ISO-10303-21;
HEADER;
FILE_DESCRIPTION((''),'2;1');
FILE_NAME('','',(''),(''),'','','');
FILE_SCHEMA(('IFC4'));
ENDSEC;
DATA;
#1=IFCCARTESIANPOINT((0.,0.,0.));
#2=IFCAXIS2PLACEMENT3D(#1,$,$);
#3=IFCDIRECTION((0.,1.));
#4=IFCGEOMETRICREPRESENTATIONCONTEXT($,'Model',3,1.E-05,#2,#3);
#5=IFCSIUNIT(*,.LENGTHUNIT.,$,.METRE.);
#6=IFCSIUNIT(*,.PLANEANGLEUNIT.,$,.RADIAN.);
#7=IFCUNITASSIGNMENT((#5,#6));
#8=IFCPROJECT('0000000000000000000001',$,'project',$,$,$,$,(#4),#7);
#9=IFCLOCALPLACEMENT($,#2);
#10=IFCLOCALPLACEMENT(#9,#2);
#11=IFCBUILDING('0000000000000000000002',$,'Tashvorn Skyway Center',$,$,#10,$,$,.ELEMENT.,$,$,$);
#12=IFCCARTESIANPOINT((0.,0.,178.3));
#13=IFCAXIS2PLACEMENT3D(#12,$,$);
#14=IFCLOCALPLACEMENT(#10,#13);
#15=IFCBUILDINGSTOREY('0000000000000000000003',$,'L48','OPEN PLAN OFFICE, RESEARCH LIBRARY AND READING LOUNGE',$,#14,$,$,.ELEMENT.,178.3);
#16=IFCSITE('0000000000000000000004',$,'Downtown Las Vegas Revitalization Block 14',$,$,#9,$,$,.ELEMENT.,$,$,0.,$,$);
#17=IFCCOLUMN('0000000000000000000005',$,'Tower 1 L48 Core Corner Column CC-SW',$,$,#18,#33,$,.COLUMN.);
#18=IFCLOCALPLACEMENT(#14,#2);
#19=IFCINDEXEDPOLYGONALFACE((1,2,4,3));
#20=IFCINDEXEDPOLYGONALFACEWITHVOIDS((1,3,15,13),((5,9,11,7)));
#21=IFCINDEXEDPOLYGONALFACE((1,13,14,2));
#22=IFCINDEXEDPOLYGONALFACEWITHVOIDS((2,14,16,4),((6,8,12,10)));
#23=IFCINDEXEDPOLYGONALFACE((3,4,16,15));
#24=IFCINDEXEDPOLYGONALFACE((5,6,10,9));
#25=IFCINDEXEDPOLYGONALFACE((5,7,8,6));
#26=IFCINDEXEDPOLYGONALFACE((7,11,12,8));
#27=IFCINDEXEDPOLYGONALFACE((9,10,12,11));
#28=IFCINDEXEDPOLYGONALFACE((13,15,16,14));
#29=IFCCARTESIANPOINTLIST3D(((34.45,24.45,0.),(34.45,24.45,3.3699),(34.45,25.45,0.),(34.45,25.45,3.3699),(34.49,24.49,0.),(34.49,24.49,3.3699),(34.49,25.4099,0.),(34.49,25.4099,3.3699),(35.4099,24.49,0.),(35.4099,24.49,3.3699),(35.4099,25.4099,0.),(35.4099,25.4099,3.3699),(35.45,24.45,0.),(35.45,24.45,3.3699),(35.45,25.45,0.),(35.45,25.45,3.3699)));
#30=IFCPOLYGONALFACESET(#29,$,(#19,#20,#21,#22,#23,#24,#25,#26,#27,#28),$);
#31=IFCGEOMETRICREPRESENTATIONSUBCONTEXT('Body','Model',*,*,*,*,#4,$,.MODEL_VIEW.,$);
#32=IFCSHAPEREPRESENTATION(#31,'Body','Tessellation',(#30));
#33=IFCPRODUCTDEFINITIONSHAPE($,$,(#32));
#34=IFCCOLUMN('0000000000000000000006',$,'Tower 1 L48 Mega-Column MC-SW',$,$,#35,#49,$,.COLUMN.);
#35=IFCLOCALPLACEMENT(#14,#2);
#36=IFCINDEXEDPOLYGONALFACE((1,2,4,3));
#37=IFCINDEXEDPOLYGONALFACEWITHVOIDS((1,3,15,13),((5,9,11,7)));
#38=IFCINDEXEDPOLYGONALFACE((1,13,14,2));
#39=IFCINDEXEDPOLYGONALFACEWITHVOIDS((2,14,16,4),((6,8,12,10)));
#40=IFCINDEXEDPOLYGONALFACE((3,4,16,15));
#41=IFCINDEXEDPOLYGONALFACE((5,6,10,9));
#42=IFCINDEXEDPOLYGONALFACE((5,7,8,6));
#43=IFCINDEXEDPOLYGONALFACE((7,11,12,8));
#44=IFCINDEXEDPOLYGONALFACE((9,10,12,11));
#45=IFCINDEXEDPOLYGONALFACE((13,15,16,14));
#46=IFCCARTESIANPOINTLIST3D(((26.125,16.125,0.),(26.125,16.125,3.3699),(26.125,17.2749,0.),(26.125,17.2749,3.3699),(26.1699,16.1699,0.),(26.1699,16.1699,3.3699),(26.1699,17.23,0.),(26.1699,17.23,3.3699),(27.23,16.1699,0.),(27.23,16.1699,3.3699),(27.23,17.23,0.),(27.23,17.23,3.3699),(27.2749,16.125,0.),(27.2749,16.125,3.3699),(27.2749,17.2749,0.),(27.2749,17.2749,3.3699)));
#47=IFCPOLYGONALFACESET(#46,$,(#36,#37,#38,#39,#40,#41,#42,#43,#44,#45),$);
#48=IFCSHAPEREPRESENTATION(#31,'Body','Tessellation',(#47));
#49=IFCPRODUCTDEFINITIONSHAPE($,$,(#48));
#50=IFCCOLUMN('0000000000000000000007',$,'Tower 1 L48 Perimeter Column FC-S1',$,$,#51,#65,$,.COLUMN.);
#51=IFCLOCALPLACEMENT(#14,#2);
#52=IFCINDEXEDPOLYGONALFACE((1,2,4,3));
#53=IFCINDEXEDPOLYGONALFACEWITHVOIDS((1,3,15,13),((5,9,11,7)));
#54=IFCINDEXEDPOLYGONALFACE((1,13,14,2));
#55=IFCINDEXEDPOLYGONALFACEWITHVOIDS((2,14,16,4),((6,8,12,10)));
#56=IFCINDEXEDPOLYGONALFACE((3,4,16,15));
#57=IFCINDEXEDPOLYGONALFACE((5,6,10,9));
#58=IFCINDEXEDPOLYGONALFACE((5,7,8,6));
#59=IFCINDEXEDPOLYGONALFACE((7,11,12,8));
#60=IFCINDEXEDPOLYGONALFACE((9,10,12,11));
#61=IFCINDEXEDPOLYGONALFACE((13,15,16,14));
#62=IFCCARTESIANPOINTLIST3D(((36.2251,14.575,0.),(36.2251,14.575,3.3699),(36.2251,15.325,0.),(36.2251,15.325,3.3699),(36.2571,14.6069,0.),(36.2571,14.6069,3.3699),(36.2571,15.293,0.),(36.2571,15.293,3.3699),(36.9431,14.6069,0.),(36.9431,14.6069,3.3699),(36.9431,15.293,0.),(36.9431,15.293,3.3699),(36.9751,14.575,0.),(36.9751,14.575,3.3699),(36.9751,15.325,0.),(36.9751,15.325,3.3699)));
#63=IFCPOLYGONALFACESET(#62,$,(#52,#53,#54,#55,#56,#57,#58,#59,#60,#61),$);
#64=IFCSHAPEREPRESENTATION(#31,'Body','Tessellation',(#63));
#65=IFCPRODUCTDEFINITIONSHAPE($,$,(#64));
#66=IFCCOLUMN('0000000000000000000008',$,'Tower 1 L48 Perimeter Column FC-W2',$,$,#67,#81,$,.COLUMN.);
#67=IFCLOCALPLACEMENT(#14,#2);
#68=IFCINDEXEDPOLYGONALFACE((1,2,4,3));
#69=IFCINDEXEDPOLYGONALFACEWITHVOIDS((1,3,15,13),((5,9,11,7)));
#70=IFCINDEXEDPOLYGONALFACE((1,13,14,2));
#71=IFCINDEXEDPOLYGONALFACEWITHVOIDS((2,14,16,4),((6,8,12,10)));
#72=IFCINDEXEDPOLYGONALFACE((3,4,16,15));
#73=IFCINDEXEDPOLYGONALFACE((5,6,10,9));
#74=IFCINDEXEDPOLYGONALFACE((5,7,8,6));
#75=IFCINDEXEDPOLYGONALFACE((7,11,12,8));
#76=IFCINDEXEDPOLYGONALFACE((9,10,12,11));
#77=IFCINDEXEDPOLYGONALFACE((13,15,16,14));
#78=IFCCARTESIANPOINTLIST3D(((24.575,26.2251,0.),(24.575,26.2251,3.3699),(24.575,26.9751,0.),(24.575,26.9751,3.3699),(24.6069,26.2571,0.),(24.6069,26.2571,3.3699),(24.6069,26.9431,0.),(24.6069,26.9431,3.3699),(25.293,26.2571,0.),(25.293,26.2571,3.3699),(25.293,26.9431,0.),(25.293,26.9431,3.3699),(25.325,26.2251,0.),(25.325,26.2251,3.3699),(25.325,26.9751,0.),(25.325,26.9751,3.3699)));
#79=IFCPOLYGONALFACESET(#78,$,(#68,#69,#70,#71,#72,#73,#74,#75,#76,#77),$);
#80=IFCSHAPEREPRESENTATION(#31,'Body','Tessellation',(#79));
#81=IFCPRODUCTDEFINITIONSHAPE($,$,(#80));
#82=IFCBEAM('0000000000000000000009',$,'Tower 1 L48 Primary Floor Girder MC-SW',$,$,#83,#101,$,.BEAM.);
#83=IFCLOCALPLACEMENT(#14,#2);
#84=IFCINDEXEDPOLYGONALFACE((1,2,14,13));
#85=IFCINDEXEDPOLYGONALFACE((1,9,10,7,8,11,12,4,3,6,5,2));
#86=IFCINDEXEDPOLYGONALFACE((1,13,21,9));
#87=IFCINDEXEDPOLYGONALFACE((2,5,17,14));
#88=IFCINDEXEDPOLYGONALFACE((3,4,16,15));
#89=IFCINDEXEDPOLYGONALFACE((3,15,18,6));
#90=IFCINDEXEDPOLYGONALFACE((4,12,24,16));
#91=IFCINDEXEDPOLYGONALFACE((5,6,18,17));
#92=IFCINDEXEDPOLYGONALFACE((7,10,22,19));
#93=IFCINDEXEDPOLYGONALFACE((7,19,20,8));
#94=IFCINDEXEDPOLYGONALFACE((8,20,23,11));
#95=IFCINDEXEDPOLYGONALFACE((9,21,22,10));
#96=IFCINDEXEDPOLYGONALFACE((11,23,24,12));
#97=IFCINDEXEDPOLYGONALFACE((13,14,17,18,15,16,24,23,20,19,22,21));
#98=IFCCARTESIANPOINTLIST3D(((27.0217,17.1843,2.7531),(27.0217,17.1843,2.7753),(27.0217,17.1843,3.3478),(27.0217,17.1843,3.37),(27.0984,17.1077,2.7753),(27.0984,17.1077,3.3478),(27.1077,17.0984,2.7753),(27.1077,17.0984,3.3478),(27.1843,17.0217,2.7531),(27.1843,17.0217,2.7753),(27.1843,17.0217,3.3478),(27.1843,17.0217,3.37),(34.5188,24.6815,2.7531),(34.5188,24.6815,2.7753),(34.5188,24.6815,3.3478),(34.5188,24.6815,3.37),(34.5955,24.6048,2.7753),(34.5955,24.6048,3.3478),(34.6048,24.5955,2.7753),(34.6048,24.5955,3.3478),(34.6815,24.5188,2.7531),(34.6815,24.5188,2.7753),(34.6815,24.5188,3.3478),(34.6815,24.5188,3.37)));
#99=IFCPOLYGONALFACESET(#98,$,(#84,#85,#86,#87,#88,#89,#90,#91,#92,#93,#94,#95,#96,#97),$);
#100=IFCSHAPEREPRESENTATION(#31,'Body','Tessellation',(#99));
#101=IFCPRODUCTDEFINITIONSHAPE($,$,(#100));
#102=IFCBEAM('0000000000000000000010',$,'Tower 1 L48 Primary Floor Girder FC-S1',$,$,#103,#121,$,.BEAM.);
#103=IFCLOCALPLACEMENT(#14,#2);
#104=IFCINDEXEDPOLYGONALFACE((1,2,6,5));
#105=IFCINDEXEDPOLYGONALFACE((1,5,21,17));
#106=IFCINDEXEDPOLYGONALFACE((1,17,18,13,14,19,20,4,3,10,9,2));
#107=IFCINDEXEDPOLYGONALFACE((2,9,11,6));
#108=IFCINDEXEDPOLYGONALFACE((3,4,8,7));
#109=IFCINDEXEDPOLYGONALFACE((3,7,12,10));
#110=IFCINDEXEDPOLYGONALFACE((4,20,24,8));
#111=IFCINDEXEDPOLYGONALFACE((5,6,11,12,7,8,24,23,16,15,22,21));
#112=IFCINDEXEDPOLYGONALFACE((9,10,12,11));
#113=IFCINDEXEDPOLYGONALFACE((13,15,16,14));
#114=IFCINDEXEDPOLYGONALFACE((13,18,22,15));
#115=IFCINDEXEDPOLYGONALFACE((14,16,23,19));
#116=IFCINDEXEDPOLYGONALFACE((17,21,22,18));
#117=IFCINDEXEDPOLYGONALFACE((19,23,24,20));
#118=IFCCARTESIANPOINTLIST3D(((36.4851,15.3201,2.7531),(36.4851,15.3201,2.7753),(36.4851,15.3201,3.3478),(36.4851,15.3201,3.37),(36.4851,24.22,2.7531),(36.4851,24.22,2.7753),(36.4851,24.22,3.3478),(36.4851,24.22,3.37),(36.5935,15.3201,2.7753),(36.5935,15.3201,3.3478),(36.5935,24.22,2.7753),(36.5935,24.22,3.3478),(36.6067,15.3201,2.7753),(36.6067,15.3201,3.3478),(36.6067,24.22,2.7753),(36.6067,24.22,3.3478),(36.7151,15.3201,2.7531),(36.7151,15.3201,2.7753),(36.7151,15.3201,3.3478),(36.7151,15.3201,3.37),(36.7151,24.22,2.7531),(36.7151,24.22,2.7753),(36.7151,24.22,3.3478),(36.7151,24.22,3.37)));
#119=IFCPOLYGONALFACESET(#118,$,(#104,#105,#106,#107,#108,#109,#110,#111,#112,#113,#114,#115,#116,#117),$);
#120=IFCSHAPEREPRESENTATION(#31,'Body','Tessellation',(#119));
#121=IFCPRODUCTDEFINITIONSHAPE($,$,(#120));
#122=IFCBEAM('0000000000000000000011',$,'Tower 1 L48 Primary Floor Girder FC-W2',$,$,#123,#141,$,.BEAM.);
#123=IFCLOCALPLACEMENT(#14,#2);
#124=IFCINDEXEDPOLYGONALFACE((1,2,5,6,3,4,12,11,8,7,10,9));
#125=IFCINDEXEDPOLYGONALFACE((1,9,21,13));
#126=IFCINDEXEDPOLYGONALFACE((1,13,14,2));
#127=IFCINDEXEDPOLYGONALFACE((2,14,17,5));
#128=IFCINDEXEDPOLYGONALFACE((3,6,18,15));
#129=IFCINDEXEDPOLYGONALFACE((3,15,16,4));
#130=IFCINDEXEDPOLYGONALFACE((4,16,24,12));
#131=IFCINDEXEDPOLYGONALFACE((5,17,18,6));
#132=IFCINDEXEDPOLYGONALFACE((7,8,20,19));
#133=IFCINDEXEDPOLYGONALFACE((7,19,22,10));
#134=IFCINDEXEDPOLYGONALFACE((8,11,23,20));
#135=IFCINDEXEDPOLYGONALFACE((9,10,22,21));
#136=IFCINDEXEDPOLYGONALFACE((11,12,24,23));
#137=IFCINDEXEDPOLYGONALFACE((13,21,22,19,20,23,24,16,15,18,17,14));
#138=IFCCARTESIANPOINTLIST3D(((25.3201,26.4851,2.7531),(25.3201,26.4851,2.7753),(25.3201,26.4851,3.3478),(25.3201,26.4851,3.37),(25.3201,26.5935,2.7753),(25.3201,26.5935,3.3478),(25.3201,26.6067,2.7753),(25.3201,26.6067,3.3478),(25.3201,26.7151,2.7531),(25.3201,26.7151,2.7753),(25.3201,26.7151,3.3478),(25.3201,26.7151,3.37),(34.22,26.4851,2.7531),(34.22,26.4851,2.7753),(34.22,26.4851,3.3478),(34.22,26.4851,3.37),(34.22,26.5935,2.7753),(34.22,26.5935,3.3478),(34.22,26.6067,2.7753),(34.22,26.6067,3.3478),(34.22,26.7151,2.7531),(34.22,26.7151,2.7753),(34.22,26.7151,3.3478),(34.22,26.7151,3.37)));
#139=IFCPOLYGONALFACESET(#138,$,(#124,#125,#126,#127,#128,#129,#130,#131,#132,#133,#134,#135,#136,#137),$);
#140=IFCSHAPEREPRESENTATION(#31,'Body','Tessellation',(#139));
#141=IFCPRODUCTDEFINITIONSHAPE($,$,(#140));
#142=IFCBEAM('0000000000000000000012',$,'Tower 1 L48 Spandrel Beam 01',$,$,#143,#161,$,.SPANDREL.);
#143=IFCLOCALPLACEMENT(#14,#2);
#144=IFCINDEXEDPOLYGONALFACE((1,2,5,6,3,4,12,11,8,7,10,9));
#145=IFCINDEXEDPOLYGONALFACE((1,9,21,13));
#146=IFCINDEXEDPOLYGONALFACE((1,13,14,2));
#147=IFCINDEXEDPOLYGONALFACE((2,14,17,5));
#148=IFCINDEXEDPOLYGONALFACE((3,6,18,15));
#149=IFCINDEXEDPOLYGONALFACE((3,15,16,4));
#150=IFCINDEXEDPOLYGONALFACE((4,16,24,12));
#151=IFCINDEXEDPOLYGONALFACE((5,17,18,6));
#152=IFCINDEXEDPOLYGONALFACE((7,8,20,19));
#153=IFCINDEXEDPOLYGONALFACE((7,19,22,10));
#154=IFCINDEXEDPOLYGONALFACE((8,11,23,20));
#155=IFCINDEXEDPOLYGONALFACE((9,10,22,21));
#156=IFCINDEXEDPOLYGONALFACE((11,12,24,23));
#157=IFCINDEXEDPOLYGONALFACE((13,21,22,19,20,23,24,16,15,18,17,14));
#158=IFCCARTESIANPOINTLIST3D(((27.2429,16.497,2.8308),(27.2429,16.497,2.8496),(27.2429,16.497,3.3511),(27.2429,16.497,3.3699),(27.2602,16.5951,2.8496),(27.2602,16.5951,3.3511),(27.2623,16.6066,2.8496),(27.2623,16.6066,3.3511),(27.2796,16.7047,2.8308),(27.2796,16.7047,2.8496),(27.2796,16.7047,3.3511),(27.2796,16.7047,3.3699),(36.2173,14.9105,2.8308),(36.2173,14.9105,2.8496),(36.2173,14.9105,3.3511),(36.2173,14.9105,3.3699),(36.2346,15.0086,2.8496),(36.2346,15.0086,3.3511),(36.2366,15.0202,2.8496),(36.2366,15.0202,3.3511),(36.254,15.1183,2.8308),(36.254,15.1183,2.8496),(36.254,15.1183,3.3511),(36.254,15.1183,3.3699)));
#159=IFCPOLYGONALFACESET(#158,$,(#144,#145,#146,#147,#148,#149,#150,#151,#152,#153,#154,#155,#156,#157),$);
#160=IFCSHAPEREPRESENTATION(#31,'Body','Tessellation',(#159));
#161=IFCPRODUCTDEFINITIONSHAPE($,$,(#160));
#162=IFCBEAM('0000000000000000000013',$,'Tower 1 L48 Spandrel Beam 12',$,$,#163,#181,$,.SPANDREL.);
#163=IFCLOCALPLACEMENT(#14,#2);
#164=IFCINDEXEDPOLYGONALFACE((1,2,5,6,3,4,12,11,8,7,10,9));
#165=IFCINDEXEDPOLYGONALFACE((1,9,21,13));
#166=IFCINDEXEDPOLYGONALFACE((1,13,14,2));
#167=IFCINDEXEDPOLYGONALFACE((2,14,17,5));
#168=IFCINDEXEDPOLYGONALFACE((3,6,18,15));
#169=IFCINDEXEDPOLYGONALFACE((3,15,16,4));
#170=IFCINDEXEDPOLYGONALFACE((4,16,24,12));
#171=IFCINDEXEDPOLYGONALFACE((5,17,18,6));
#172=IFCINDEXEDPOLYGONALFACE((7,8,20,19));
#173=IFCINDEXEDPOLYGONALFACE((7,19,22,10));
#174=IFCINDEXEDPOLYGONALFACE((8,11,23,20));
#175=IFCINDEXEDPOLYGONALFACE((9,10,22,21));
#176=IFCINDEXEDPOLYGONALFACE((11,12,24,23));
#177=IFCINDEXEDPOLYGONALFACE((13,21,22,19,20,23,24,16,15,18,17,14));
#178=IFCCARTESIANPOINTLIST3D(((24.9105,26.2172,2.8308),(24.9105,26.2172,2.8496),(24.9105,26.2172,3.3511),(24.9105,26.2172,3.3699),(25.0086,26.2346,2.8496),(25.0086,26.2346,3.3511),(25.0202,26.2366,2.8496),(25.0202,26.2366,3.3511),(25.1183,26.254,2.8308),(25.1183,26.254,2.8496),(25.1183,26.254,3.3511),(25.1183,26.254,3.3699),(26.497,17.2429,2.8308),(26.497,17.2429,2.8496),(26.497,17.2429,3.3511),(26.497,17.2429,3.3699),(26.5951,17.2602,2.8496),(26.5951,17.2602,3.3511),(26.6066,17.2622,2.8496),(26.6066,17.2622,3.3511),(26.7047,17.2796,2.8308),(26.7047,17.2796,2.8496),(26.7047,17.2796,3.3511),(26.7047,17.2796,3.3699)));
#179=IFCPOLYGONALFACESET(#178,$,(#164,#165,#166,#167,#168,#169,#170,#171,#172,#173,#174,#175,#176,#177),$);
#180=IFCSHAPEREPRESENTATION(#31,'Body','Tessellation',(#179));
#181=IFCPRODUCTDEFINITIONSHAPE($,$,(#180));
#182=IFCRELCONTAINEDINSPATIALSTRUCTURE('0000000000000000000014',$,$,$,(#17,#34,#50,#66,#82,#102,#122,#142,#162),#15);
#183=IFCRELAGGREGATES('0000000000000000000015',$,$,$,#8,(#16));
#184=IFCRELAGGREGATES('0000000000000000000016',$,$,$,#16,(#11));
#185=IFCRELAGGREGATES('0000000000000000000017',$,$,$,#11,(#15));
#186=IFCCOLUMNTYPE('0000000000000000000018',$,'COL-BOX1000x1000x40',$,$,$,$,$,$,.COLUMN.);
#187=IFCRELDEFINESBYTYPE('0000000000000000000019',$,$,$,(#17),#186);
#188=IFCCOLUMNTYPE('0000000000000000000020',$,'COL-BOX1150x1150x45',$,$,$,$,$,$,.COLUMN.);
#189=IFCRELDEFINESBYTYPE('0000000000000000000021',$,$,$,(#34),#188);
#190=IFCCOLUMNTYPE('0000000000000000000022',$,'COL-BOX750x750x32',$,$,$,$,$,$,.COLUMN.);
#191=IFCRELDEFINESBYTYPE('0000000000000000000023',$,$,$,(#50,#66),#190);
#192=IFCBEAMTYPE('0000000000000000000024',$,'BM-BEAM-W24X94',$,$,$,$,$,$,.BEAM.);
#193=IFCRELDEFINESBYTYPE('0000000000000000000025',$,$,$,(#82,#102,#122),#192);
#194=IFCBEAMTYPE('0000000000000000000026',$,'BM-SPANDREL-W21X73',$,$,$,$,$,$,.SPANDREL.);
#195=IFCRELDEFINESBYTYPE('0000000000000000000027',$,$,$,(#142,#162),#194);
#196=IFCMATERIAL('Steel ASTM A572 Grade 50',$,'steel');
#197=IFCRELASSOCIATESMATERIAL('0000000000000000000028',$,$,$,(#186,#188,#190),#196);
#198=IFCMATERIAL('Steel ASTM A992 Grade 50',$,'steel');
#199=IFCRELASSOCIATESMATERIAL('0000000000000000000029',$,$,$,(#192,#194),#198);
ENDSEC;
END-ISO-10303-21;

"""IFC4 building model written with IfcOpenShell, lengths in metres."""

from ifc_helpers import new_model, si_unit, direction, frame, origin, origin_2d, place, context, subcontext, project, spatial, hollow_rectangle, i_section, extrude, material, material_profile, profile_set, type_object, element, save


model = new_model("IFC4")

# Units and contexts
model_context = context("Model", 3, precision=1e-05, world=origin(), true_north=direction((0.0, 1.0)))
body_context = subcontext(model_context, "Body", "Model", "MODEL_VIEW")
ifc_project = project(units=[si_unit("LENGTHUNIT", "METRE"), si_unit("PLANEANGLEUNIT", "RADIAN")], contexts=[model_context])

# Site, building, storey
site_placement = place(None, origin())
site = spatial("IfcSite", under=ifc_project, at=site_placement, Name="Downtown Las Vegas Revitalization Block 14", CompositionType="ELEMENT", RefElevation=0.0)
building_placement = place(site_placement, origin())
building = spatial("IfcBuilding", under=site, at=building_placement, Name="Tashvorn Skyway Center", CompositionType="ELEMENT")
storey_placement = place(building_placement, frame((0.0, 0.0, 178.3)))
storey = spatial("IfcBuildingStorey", under=building, at=storey_placement, Name="L48", Description="OPEN PLAN OFFICE, RESEARCH LIBRARY AND READING LOUNGE", CompositionType="ELEMENT", Elevation=178.3)

# Columns
ifc_material_1 = material(Name="Steel ASTM A572 Grade 50", Category="steel")
ifc_material_profile_1 = material_profile(ifc_material_1, hollow_rectangle(XDim=1.0, YDim=1.0, WallThickness=0.04, at=origin_2d()), Name="BOX1000x1000x40")
ifc_profile_set_1 = profile_set([ifc_material_profile_1], Name="Steel ASTM A572 Grade 50")
column_type_1 = type_object("IfcColumnType", Name="COL-BOX1000x1000x40", PredefinedType="COLUMN", material=ifc_profile_set_1)
column_1_placement = place(storey_placement, frame((34.95, 24.95, 0.0), z_axis=(0.0, 0.0, 1.0), x_axis=(1.0, 0.0, 0.0)))
element("IfcColumn", 1, at=column_1_placement, inside=storey, type_object=column_type_1, Name="Tower 1 L48 Core Corner Column CC-SW", PredefinedType="COLUMN", context=body_context, shape_type="SweptSolid", body=[
    extrude(hollow_rectangle(XDim=1.0, YDim=1.0, WallThickness=0.04, at=origin_2d()), origin(), (0.0, 0.0, 1.0), 3.3699),
])
ifc_material_profile_2 = material_profile(ifc_material_1, hollow_rectangle(XDim=1.1499, YDim=1.1499, WallThickness=0.0449, at=origin_2d()), Name="BOX1150x1150x45")
ifc_profile_set_2 = profile_set([ifc_material_profile_2], Name="Steel ASTM A572 Grade 50")
column_type_2 = type_object("IfcColumnType", Name="COL-BOX1150x1150x45", PredefinedType="COLUMN", material=ifc_profile_set_2)
column_2_placement = place(storey_placement, frame((26.7, 16.7, 0.0), z_axis=(0.0, 0.0, 1.0), x_axis=(1.0, 0.0, 0.0)))
element("IfcColumn", 2, at=column_2_placement, inside=storey, type_object=column_type_2, Name="Tower 1 L48 Mega-Column MC-SW", PredefinedType="COLUMN", context=body_context, shape_type="SweptSolid", body=[
    extrude(hollow_rectangle(XDim=1.1499, YDim=1.1499, WallThickness=0.0449, at=origin_2d()), origin(), (0.0, 0.0, 1.0), 3.3699),
])
ifc_material_profile_3 = material_profile(ifc_material_1, hollow_rectangle(XDim=0.75, YDim=0.75, WallThickness=0.032, at=origin_2d()), Name="BOX750x750x32")
ifc_profile_set_3 = profile_set([ifc_material_profile_3], Name="Steel ASTM A572 Grade 50")
column_type_3 = type_object("IfcColumnType", Name="COL-BOX750x750x32", PredefinedType="COLUMN", material=ifc_profile_set_3)
for number, where, z_axis, x_axis, name in (
    (3, (36.6001, 14.95, 0.0), (0.0, 0.0, 1.0), (1.0, 0.0, 0.0), "Tower 1 L48 Perimeter Column FC-S1"),
    (4, (24.95, 26.6001, 0.0), (0.0, 0.0, 1.0), (1.0, 0.0, 0.0), "Tower 1 L48 Perimeter Column FC-W2"),
):
    element("IfcColumn", number, at=place(storey_placement, frame(where, z_axis=z_axis, x_axis=x_axis)), inside=storey, type_object=column_type_3, Name=name, PredefinedType="COLUMN", context=body_context, shape_type="SweptSolid", body=[
        extrude(hollow_rectangle(XDim=0.75, YDim=0.75, WallThickness=0.032, at=origin_2d()), origin(), (0.0, 0.0, 1.0), 3.3699),
    ])

# Beams
ifc_material_2 = material(Name="Steel ASTM A992 Grade 50", Category="steel")
ifc_material_profile_4 = material_profile(ifc_material_2, i_section(OverallWidth=0.23, OverallDepth=0.6169, WebThickness=0.0132, FlangeThickness=0.0222, at=origin_2d()), Name="W24X94")
ifc_profile_set_4 = profile_set([ifc_material_profile_4], Name="Steel ASTM A992 Grade 50")
beam_type_1 = type_object("IfcBeamType", Name="BM-BEAM-W24X94", PredefinedType="BEAM", material=ifc_profile_set_4)
beam_placement = place(storey_placement, frame((27.103, 17.103, 3.0615), z_axis=(0.707107, 0.707107, 0.0), x_axis=(-0.707107, 0.707107, 0.0)))
element("IfcBeam", 5, at=beam_placement, inside=storey, type_object=beam_type_1, Name="Tower 1 L48 Primary Floor Girder MC-SW", PredefinedType="BEAM", context=body_context, shape_type="SweptSolid", body=[
    extrude(i_section(OverallWidth=0.23, OverallDepth=0.6169, WebThickness=0.0132, FlangeThickness=0.0222, at=origin_2d()), origin(), (0.0, 0.0, 1.0), 10.6025),
])
for number, where, z_axis, x_axis, name in (
    (6, (36.6001, 15.3201, 3.0615), (0.0, 1.0, 0.0), (-1.0, 0.0, 0.0), "Tower 1 L48 Primary Floor Girder FC-S1"),
    (7, (25.3201, 26.6001, 3.0615), (1.0, 0.0, 0.0), (0.0, 1.0, 0.0), "Tower 1 L48 Primary Floor Girder FC-W2"),
):
    element("IfcBeam", number, at=place(storey_placement, frame(where, z_axis=z_axis, x_axis=x_axis)), inside=storey, type_object=beam_type_1, Name=name, PredefinedType="BEAM", context=body_context, shape_type="SweptSolid", body=[
        extrude(i_section(OverallWidth=0.23, OverallDepth=0.6169, WebThickness=0.0132, FlangeThickness=0.0222, at=origin_2d()), origin(), (0.0, 0.0, 1.0), 8.8999),
    ])
ifc_material_profile_5 = material_profile(ifc_material_2, i_section(OverallWidth=0.2109, OverallDepth=0.5391, WebThickness=0.0117, FlangeThickness=0.0188, at=origin_2d()), Name="W21X73")
ifc_profile_set_5 = profile_set([ifc_material_profile_5], Name="Steel ASTM A992 Grade 50")
beam_type_2 = type_object("IfcBeamType", Name="BM-SPANDREL-W21X73", PredefinedType="SPANDREL", material=ifc_profile_set_5)
for number, where, z_axis, x_axis, name in (
    (8, (27.2612, 16.6008, 3.1003), (0.984733, -0.174074, 0.0), (0.174074, 0.984733, 0.0), "Tower 1 L48 Spandrel Beam 01"),
    (9, (25.0144, 26.2356, 3.1003), (0.174074, -0.984733, 0.0), (0.984733, 0.174074, 0.0), "Tower 1 L48 Spandrel Beam 12"),
):
    element("IfcBeam", number, at=place(storey_placement, frame(where, z_axis=z_axis, x_axis=x_axis)), inside=storey, type_object=beam_type_2, Name=name, PredefinedType="SPANDREL", context=body_context, shape_type="SweptSolid", body=[
        extrude(i_section(OverallWidth=0.2109, OverallDepth=0.5391, WebThickness=0.0117, FlangeThickness=0.0188, at=origin_2d()), origin(), (0.0, 0.0, 1.0), 9.1135),
    ])

save(model, "model.ifc")
